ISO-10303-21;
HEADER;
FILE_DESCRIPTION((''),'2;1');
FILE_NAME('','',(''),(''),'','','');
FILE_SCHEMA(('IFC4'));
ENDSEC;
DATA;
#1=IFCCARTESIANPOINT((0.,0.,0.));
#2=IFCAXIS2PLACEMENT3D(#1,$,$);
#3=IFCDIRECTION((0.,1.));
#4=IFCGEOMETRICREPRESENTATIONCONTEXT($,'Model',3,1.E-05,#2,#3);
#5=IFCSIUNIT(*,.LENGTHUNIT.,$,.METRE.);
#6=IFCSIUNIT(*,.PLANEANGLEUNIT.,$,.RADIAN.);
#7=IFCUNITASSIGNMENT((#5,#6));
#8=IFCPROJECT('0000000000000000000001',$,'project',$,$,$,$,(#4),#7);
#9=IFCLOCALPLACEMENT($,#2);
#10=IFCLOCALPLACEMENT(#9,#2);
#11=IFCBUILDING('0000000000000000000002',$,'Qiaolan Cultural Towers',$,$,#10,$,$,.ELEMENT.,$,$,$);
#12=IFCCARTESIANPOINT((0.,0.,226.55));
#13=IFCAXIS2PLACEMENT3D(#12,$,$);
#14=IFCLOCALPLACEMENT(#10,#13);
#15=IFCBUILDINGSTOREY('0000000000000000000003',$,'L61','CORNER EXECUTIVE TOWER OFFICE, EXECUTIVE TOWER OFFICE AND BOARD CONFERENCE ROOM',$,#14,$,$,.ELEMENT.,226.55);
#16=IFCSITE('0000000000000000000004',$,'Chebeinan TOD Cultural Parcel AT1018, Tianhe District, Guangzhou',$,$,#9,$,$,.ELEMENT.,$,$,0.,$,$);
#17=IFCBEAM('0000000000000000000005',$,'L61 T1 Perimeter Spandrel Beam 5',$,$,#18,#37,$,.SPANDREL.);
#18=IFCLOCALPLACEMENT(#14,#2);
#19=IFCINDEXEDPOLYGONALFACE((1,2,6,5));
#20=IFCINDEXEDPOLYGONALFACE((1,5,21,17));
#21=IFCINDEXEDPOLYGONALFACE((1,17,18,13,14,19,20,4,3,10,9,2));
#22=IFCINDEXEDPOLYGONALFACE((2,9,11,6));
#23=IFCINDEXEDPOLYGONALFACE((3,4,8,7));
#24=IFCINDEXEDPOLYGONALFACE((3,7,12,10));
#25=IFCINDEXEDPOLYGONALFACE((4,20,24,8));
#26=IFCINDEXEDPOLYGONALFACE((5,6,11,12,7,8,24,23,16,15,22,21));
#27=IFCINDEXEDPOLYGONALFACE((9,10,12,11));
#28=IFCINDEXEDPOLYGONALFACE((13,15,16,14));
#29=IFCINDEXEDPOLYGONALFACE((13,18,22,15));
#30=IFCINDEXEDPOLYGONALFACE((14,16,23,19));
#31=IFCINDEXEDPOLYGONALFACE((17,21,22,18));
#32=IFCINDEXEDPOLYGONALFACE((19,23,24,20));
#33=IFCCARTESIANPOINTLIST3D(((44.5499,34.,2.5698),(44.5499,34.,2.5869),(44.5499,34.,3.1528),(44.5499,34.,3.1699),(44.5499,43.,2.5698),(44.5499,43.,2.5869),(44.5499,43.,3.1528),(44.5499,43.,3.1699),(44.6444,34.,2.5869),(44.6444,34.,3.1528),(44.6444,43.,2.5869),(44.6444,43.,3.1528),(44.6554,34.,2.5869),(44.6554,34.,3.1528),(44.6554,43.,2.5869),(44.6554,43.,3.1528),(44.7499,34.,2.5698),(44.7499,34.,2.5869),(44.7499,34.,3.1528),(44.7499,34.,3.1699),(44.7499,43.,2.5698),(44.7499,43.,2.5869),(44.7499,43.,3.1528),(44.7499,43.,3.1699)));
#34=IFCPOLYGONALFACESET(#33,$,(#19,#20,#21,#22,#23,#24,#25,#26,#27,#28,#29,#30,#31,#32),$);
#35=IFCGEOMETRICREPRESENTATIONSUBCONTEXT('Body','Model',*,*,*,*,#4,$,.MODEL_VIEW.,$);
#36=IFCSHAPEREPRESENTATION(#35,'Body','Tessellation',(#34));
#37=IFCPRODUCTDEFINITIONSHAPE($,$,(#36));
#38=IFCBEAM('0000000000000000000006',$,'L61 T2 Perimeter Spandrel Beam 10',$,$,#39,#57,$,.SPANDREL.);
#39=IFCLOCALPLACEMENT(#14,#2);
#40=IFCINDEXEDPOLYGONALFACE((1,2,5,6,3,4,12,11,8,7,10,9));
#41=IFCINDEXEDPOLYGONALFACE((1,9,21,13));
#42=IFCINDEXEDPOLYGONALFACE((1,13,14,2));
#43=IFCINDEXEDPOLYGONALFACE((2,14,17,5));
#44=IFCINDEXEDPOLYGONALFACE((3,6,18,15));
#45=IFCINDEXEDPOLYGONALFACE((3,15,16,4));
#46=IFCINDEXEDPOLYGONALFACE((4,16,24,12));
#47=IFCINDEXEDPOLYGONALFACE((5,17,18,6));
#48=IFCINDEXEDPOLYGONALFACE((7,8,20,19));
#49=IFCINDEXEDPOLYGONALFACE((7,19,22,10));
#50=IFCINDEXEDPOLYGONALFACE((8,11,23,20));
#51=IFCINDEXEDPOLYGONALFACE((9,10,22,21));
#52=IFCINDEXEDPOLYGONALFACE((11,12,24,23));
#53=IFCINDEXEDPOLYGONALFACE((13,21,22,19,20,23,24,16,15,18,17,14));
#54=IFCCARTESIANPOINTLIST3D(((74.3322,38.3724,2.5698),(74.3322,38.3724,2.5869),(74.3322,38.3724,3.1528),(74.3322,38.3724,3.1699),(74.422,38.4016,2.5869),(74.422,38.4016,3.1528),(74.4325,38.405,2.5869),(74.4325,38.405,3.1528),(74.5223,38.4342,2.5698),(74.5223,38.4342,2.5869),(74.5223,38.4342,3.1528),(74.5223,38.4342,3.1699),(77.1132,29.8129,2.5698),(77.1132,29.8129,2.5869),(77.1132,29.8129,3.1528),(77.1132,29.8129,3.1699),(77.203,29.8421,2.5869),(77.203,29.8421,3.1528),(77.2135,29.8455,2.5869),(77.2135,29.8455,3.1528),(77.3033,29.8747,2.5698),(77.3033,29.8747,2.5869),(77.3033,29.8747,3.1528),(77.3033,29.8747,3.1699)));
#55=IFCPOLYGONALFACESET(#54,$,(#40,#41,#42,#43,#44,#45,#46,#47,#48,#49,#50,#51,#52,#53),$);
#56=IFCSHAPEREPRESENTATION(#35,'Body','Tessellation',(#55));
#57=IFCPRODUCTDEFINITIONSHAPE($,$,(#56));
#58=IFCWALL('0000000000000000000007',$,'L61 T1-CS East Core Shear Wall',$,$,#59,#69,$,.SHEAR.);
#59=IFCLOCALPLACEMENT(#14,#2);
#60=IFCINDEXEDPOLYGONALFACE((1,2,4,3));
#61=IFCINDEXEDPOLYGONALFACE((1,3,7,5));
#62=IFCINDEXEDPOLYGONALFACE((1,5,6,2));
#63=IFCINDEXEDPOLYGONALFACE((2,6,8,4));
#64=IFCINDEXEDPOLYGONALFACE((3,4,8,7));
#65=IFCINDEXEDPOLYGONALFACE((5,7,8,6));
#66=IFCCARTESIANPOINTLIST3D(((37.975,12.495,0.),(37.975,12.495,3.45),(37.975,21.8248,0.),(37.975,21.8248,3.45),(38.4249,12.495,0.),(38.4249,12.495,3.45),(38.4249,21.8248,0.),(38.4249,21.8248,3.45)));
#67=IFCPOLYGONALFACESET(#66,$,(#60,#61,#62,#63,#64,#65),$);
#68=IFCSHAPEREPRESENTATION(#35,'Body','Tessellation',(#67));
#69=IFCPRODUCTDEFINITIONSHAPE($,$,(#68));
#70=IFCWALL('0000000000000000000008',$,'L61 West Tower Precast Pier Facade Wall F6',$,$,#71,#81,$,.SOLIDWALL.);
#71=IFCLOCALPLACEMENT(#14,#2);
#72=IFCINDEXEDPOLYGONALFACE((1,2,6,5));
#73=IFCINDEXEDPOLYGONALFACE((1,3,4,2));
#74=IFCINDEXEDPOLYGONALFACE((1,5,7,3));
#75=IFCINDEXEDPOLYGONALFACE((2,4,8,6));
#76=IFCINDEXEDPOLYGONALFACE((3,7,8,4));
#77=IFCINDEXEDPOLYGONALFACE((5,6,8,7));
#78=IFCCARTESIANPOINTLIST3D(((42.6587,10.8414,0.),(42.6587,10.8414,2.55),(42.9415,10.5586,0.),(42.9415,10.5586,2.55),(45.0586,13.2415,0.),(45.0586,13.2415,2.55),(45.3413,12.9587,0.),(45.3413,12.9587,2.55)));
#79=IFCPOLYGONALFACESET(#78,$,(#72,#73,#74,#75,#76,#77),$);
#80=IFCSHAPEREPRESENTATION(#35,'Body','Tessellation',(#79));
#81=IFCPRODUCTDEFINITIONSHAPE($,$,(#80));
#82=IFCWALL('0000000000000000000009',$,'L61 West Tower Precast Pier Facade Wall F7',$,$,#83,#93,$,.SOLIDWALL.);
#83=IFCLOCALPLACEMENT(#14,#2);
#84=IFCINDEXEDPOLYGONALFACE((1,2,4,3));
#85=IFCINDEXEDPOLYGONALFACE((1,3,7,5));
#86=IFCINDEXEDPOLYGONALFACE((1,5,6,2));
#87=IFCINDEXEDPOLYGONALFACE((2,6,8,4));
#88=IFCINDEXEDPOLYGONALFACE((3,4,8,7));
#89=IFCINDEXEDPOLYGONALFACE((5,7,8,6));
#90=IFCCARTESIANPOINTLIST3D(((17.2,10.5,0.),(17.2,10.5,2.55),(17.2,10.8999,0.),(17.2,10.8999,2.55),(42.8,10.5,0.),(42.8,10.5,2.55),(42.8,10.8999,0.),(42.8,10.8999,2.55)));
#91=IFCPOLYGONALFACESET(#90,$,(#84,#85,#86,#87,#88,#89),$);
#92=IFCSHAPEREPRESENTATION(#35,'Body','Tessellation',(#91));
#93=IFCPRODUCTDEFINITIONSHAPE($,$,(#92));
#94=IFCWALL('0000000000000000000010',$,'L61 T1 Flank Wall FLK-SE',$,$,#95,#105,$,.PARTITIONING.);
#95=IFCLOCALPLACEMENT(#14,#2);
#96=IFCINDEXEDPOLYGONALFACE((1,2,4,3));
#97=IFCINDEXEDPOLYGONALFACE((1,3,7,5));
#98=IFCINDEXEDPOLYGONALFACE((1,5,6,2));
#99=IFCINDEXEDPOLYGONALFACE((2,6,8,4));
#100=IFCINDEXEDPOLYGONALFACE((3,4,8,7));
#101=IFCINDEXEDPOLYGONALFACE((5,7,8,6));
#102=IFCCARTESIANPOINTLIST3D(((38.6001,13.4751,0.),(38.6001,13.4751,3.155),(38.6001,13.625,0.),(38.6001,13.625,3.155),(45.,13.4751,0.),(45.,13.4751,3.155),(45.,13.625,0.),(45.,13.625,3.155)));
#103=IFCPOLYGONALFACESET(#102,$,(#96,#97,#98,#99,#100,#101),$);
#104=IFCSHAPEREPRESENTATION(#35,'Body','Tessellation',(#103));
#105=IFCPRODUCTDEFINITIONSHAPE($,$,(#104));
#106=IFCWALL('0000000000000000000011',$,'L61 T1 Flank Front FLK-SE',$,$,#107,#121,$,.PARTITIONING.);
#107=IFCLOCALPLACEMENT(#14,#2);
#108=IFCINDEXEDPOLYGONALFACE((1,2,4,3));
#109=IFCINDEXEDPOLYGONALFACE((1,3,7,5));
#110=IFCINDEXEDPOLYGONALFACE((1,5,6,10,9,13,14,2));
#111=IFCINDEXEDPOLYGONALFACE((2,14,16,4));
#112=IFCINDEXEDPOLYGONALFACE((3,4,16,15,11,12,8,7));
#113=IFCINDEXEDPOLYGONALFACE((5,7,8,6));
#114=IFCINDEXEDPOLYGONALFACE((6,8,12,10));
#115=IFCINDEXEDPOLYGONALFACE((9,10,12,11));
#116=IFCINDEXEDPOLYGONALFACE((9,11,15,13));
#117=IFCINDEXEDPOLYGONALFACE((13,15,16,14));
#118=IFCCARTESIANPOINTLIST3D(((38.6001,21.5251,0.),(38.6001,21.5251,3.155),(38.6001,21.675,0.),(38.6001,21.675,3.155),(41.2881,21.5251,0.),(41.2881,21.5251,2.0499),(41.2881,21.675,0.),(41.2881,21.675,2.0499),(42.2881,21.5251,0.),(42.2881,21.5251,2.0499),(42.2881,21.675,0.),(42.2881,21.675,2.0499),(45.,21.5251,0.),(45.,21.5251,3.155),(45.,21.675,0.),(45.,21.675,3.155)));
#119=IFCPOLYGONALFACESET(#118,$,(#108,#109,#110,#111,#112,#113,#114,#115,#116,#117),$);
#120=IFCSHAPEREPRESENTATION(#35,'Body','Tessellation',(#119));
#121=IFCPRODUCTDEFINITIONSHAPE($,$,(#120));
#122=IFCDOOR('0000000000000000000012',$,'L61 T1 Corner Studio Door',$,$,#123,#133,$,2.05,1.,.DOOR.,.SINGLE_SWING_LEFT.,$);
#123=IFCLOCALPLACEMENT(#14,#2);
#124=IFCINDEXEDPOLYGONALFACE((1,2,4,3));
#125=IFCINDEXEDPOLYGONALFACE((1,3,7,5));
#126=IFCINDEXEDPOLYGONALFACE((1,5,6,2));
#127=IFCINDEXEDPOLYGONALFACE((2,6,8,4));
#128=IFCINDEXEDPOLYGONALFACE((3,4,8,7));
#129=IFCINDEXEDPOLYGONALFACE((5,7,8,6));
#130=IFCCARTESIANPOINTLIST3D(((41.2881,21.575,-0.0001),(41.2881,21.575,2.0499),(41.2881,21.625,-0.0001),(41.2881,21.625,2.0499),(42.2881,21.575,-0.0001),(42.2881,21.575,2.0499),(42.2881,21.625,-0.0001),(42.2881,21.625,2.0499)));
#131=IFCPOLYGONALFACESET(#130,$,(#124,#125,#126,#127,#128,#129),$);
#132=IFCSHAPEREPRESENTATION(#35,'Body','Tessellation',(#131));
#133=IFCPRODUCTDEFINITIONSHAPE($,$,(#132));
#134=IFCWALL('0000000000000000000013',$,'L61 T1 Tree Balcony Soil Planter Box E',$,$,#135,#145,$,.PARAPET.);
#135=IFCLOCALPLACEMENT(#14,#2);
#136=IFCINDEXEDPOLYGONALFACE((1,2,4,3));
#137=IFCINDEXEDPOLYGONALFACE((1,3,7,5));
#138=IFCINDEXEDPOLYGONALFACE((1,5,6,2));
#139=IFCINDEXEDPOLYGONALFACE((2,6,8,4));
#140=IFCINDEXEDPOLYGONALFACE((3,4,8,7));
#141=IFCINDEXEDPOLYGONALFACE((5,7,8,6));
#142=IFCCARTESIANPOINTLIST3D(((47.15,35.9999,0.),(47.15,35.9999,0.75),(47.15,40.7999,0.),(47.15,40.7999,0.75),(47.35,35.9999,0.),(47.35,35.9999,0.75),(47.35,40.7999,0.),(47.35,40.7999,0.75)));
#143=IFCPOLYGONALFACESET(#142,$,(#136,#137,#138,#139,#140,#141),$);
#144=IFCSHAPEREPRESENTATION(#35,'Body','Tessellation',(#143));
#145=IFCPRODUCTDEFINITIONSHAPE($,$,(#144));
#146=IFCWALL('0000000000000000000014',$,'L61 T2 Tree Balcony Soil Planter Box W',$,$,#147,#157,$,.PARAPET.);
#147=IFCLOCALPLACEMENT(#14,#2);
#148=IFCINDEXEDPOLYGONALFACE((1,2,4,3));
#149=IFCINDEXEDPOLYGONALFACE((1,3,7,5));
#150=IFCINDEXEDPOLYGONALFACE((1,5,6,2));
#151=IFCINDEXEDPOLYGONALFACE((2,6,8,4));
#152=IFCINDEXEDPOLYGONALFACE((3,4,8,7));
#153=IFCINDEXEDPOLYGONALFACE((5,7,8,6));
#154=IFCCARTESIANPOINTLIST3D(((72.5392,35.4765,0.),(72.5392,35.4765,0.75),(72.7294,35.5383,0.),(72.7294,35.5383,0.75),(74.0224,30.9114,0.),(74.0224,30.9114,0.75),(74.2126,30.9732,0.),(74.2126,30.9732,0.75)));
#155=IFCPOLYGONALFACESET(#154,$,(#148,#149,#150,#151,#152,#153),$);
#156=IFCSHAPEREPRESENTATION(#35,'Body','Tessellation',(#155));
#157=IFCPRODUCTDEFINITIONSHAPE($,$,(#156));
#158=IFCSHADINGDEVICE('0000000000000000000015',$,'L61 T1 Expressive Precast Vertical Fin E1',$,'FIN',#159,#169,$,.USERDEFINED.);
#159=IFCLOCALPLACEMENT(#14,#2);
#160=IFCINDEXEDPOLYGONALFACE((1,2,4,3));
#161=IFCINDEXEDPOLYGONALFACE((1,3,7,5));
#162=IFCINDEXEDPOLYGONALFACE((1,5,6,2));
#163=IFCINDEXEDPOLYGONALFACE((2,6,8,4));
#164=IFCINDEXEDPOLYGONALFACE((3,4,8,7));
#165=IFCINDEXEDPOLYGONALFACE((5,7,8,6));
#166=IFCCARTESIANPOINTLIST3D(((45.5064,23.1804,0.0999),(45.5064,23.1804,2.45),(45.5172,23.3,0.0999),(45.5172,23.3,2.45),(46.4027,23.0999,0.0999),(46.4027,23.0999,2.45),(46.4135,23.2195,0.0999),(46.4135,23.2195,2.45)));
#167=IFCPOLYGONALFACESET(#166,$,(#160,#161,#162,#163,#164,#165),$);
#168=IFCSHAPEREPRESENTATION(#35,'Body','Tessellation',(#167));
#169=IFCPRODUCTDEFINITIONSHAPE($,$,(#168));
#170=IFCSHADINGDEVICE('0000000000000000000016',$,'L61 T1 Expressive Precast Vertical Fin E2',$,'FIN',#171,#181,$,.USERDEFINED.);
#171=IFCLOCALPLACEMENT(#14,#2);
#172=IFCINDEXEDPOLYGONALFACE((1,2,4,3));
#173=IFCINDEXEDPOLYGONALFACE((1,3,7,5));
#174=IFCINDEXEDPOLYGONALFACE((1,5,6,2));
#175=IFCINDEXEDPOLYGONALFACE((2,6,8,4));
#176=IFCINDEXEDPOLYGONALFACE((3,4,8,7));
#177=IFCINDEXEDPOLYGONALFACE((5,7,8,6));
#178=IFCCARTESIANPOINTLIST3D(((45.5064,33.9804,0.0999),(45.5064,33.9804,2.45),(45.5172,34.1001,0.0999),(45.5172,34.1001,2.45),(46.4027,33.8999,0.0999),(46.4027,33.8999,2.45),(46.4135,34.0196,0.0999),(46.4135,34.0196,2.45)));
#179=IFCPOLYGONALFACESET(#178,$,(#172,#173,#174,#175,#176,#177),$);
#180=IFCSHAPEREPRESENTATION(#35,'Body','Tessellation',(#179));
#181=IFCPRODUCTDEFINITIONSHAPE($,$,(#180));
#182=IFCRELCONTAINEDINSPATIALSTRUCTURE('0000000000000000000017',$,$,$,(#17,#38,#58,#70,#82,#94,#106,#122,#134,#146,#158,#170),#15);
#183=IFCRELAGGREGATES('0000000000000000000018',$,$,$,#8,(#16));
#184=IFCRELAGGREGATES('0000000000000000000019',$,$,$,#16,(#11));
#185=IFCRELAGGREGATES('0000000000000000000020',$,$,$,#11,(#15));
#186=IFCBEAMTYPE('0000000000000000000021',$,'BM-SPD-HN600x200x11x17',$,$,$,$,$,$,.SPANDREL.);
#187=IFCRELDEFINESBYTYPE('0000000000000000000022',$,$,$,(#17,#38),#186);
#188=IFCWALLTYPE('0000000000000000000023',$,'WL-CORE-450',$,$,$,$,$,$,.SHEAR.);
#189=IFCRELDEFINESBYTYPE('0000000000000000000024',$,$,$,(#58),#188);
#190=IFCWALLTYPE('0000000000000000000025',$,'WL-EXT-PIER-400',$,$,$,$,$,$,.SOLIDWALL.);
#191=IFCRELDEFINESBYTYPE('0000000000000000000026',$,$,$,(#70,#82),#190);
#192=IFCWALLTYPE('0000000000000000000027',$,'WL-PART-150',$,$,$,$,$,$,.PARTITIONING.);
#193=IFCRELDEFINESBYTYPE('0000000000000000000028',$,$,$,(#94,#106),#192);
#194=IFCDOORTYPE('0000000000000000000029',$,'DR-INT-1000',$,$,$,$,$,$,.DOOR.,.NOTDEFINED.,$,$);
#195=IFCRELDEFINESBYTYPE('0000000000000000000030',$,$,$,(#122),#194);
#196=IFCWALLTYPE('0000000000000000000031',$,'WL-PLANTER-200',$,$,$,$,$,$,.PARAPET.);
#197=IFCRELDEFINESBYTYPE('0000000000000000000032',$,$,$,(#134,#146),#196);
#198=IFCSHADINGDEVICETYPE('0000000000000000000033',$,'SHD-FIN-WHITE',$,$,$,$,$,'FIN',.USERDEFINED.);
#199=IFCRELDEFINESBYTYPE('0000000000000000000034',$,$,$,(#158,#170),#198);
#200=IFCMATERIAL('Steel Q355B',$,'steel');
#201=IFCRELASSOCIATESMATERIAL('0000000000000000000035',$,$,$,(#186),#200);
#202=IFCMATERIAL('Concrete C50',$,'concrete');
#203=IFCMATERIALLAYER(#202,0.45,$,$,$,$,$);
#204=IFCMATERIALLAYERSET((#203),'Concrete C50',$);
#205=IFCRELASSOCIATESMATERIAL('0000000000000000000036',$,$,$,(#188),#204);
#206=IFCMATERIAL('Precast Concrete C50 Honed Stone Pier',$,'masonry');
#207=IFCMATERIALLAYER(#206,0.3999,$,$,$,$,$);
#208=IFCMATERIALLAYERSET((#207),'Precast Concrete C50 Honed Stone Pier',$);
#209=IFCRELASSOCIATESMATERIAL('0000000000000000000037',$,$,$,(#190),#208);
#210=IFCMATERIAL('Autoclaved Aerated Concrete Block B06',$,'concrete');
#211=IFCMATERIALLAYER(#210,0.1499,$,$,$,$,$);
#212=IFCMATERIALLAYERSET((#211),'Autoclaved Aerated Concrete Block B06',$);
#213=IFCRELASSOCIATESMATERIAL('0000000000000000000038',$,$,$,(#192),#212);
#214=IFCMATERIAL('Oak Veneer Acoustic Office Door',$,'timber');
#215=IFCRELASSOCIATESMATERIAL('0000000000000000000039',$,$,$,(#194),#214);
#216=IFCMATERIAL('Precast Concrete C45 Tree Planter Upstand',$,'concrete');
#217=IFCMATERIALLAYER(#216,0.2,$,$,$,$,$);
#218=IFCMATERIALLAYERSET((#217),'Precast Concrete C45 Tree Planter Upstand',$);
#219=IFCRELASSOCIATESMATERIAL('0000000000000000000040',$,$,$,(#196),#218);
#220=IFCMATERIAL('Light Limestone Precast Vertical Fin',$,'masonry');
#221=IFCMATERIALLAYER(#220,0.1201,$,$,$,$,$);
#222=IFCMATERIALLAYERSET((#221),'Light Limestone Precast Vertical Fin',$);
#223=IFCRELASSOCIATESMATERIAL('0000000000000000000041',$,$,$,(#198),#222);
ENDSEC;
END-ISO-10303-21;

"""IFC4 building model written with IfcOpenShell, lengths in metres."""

from ifc_helpers import new_model, si_unit, direction, frame, frame_2d, origin, origin_2d, place, context, subcontext, project, spatial, rectangle, i_section, extrude, material, layer, layer_set, material_profile, profile_set, type_object, element, fill, save


model = new_model("IFC4")

# Units and contexts
model_context = context("Model", 3, precision=1e-05, world=origin(), true_north=direction((0.0, 1.0)))
body_context = subcontext(model_context, "Body", "Model", "MODEL_VIEW")
ifc_project = project(units=[si_unit("LENGTHUNIT", "METRE"), si_unit("PLANEANGLEUNIT", "RADIAN")], contexts=[model_context])

# Site, building, storey
site_placement = place(None, origin())
site = spatial("IfcSite", under=ifc_project, at=site_placement, Name="Chebeinan TOD Cultural Parcel AT1018, Tianhe District, Guangzhou", CompositionType="ELEMENT", RefElevation=0.0)
building_placement = place(site_placement, origin())
building = spatial("IfcBuilding", under=site, at=building_placement, Name="Qiaolan Cultural Towers", CompositionType="ELEMENT")
storey_placement = place(building_placement, frame((0.0, 0.0, 226.55)))
storey = spatial("IfcBuildingStorey", under=building, at=storey_placement, Name="L61", Description="CORNER EXECUTIVE TOWER OFFICE, EXECUTIVE TOWER OFFICE AND BOARD CONFERENCE ROOM", CompositionType="ELEMENT", Elevation=226.55)

# Beams
ifc_material_1 = material(Name="Steel Q355B", Category="steel")
ifc_material_profile_1 = material_profile(ifc_material_1, i_section(OverallWidth=0.2, OverallDepth=0.6001, WebThickness=0.011, FlangeThickness=0.0171, at=origin_2d()), Name="HN600x200x11x17")
ifc_profile_set_1 = profile_set([ifc_material_profile_1], Name="Steel Q355B")
beam_type_1 = type_object("IfcBeamType", Name="BM-SPD-HN600x200x11x17", PredefinedType="SPANDREL", material=ifc_profile_set_1)
for number, where, z_axis, x_axis, name in (
    (1, (44.6499, 34.0, 2.8699), (0.0, 1.0, 0.0), (-1.0, 0.0, 0.0), "L61 T1 Perimeter Spandrel Beam 5"),
    (2, (74.4272, 38.4033, 2.8699), (0.309, -0.951062, 0.0), (0.951062, 0.309, 0.0), "L61 T2 Perimeter Spandrel Beam 10"),
):
    element("IfcBeam", number, at=place(storey_placement, frame(where, z_axis=z_axis, x_axis=x_axis)), inside=storey, type_object=beam_type_1, Name=name, PredefinedType="SPANDREL", context=body_context, shape_type="SweptSolid", body=[
        extrude(i_section(OverallWidth=0.2, OverallDepth=0.6001, WebThickness=0.011, FlangeThickness=0.0171, at=origin_2d()), origin(), (0.0, 0.0, 1.0), 9.0),
    ])

# Walls
ifc_material_2 = material(Name="Concrete C50", Category="concrete")
ifc_layer_1 = layer(ifc_material_2, 0.45)
ifc_layer_set_1 = layer_set([ifc_layer_1], Name="Concrete C50")
wall_type_1 = type_object("IfcWallType", Name="WL-CORE-450", PredefinedType="SHEAR", material=ifc_layer_set_1)
wall_1_placement = place(storey_placement, frame((38.2, 21.825, 0.0), z_axis=(0.0, 0.0, 1.0), x_axis=(0.0, -1.0, 0.0)))
element("IfcWall", 3, at=wall_1_placement, inside=storey, type_object=wall_type_1, Name="L61 T1-CS East Core Shear Wall", PredefinedType="SHEAR", context=body_context, shape_type="SweptSolid", body=[
    extrude(rectangle(XDim=9.3298, YDim=0.45, at=frame_2d((4.665, 0.0))), origin(), (0.0, 0.0, 1.0), 3.45),
])
ifc_material_3 = material(Name="Precast Concrete C50 Honed Stone Pier", Category="masonry")
ifc_layer_2 = layer(ifc_material_3, 0.3999)
ifc_layer_set_2 = layer_set([ifc_layer_2], Name="Precast Concrete C50 Honed Stone Pier")
wall_type_2 = type_object("IfcWallType", Name="WL-EXT-PIER-400", PredefinedType="SOLIDWALL", material=ifc_layer_set_2)
wall_2_placement = place(storey_placement, frame((45.2, 13.1001, 0.0), z_axis=(0.0, 0.0, 1.0), x_axis=(-0.707071, -0.707143, 0.0)))
element("IfcWall", 4, at=wall_2_placement, inside=storey, type_object=wall_type_2, Name="L61 West Tower Precast Pier Facade Wall F6", PredefinedType="SOLIDWALL", context=body_context, shape_type="SweptSolid", body=[
    extrude(rectangle(XDim=3.394, YDim=0.3999, at=frame_2d((1.697, 0.0))), origin(), (0.0, 0.0, 1.0), 2.55),
])
wall_3_placement = place(storey_placement, frame((42.8, 10.7, 0.0), z_axis=(0.0, 0.0, 1.0), x_axis=(-1.0, 0.0, 0.0)))
element("IfcWall", 5, at=wall_3_placement, inside=storey, type_object=wall_type_2, Name="L61 West Tower Precast Pier Facade Wall F7", PredefinedType="SOLIDWALL", context=body_context, shape_type="SweptSolid", body=[
    extrude(rectangle(XDim=25.6001, YDim=0.3999, at=frame_2d((12.8, 0.0))), origin(), (0.0, 0.0, 1.0), 2.55),
])
ifc_material_4 = material(Name="Autoclaved Aerated Concrete Block B06", Category="concrete")
ifc_layer_3 = layer(ifc_material_4, 0.1499)
ifc_layer_set_3 = layer_set([ifc_layer_3], Name="Autoclaved Aerated Concrete Block B06")
wall_type_3 = type_object("IfcWallType", Name="WL-PART-150", PredefinedType="PARTITIONING", material=ifc_layer_set_3)
wall_4_placement = place(storey_placement, frame((38.6001, 13.55, 0.0), z_axis=(0.0, 0.0, 1.0), x_axis=(1.0, 0.0, 0.0)))
element("IfcWall", 6, at=wall_4_placement, inside=storey, type_object=wall_type_3, Name="L61 T1 Flank Wall FLK-SE", PredefinedType="PARTITIONING", context=body_context, shape_type="SweptSolid", body=[
    extrude(rectangle(XDim=6.3999, YDim=0.1499, at=frame_2d((3.2, 0.0))), origin(), (0.0, 0.0, 1.0), 3.155),
])

# Wall, opening, door
wall_5_placement = place(storey_placement, frame((38.6001, 21.6001, 0.0), z_axis=(0.0, 0.0, 1.0), x_axis=(1.0, 0.0, 0.0)))
wall_5 = element("IfcWall", 7, at=wall_5_placement, inside=storey, type_object=wall_type_3, Name="L61 T1 Flank Front FLK-SE", PredefinedType="PARTITIONING", context=body_context, shape_type="SweptSolid", body=[
    extrude(rectangle(XDim=6.3999, YDim=0.1499, at=frame_2d((3.2, 0.0))), origin(), (0.0, 0.0, 1.0), 3.155),
])
opening_placement = place(wall_5_placement, frame((2.688, 0.0, 0.0)))
opening = element("IfcOpeningElement", 8, at=opening_placement, cuts=wall_5, PredefinedType="OPENING", context=body_context, shape_type="SweptSolid", body=[
    extrude(rectangle(XDim=1.0, YDim=2.05, at=frame_2d((0.5, 1.0249))), frame((0.0, 0.085, 0.0), z_axis=(0.0, -1.0, 0.0), x_axis=(1.0, 0.0, 0.0)), (0.0, 0.0, 1.0), 0.1699),
])
ifc_material_5 = material(Name="Oak Veneer Acoustic Office Door", Category="timber")
door_type = type_object("IfcDoorType", Name="DR-INT-1000", OperationType="NOTDEFINED", PredefinedType="DOOR", material=ifc_material_5)
door_placement = place(opening_placement, origin())
door = element("IfcDoor", 9, at=door_placement, inside=storey, type_object=door_type, Name="L61 T1 Corner Studio Door", OperationType="SINGLE_SWING_LEFT", OverallHeight=2.05, OverallWidth=1.0, PredefinedType="DOOR", context=body_context, shape_type="SweptSolid", body=[
    extrude(rectangle(XDim=1.0, YDim=2.05, at=frame_2d((0.5, 1.0249))), frame((0.0, 0.0249, 0.0), z_axis=(0.0, -1.0, 0.0), x_axis=(1.0, 0.0, 0.0)), (0.0, 0.0, 1.0), 0.05),
])
fill(opening, door)

# Walls
ifc_material_6 = material(Name="Precast Concrete C45 Tree Planter Upstand", Category="concrete")
ifc_layer_4 = layer(ifc_material_6, 0.2)
ifc_layer_set_4 = layer_set([ifc_layer_4], Name="Precast Concrete C45 Tree Planter Upstand")
wall_type_4 = type_object("IfcWallType", Name="WL-PLANTER-200", PredefinedType="PARAPET", material=ifc_layer_set_4)
for number, where, z_axis, x_axis, name in (
    (10, (47.25, 36.0, 0.0), (0.0, 0.0, 1.0), (0.0, 1.0, 0.0), "L61 T1 Tree Balcony Soil Planter Box E"),
    (11, (74.1174, 30.9424, 0.0), (0.0, 0.0, 1.0), (-0.308986, 0.951067, 0.0), "L61 T2 Tree Balcony Soil Planter Box W"),
):
    element("IfcWall", number, at=place(storey_placement, frame(where, z_axis=z_axis, x_axis=x_axis)), inside=storey, type_object=wall_type_4, Name=name, PredefinedType="PARAPET", context=body_context, shape_type="SweptSolid", body=[
        extrude(rectangle(XDim=4.8, YDim=0.2, at=frame_2d((2.3999, 0.0))), origin(), (0.0, 0.0, 1.0), 0.75),
    ])

# Shading devices
ifc_material_7 = material(Name="Light Limestone Precast Vertical Fin", Category="masonry")
ifc_layer_5 = layer(ifc_material_7, 0.1201)
ifc_layer_set_5 = layer_set([ifc_layer_5], Name="Light Limestone Precast Vertical Fin")
shading_device_type = type_object("IfcShadingDeviceType", Name="SHD-FIN-WHITE", ElementType="FIN", PredefinedType="USERDEFINED", material=ifc_layer_set_5)
for number, where, z_axis, x_axis, name in (
    (12, (45.96, 23.2, 0.0999), (0.0, 0.0, 1.0), (0.995994, -0.089421, 0.0), "L61 T1 Expressive Precast Vertical Fin E1"),
    (13, (45.96, 34.0, 0.0999), (0.0, 0.0, 1.0), (0.995994, -0.089421, 0.0), "L61 T1 Expressive Precast Vertical Fin E2"),
):
    element("IfcShadingDevice", number, at=place(storey_placement, frame(where, z_axis=z_axis, x_axis=x_axis)), inside=storey, type_object=shading_device_type, Name=name, ObjectType="FIN", PredefinedType="USERDEFINED", context=body_context, shape_type="SweptSolid", body=[
        extrude(rectangle(XDim=0.8999, YDim=0.1201, at=origin_2d()), origin(), (0.0, 0.0, 1.0), 2.3501),
    ])

save(model, "model.ifc")
